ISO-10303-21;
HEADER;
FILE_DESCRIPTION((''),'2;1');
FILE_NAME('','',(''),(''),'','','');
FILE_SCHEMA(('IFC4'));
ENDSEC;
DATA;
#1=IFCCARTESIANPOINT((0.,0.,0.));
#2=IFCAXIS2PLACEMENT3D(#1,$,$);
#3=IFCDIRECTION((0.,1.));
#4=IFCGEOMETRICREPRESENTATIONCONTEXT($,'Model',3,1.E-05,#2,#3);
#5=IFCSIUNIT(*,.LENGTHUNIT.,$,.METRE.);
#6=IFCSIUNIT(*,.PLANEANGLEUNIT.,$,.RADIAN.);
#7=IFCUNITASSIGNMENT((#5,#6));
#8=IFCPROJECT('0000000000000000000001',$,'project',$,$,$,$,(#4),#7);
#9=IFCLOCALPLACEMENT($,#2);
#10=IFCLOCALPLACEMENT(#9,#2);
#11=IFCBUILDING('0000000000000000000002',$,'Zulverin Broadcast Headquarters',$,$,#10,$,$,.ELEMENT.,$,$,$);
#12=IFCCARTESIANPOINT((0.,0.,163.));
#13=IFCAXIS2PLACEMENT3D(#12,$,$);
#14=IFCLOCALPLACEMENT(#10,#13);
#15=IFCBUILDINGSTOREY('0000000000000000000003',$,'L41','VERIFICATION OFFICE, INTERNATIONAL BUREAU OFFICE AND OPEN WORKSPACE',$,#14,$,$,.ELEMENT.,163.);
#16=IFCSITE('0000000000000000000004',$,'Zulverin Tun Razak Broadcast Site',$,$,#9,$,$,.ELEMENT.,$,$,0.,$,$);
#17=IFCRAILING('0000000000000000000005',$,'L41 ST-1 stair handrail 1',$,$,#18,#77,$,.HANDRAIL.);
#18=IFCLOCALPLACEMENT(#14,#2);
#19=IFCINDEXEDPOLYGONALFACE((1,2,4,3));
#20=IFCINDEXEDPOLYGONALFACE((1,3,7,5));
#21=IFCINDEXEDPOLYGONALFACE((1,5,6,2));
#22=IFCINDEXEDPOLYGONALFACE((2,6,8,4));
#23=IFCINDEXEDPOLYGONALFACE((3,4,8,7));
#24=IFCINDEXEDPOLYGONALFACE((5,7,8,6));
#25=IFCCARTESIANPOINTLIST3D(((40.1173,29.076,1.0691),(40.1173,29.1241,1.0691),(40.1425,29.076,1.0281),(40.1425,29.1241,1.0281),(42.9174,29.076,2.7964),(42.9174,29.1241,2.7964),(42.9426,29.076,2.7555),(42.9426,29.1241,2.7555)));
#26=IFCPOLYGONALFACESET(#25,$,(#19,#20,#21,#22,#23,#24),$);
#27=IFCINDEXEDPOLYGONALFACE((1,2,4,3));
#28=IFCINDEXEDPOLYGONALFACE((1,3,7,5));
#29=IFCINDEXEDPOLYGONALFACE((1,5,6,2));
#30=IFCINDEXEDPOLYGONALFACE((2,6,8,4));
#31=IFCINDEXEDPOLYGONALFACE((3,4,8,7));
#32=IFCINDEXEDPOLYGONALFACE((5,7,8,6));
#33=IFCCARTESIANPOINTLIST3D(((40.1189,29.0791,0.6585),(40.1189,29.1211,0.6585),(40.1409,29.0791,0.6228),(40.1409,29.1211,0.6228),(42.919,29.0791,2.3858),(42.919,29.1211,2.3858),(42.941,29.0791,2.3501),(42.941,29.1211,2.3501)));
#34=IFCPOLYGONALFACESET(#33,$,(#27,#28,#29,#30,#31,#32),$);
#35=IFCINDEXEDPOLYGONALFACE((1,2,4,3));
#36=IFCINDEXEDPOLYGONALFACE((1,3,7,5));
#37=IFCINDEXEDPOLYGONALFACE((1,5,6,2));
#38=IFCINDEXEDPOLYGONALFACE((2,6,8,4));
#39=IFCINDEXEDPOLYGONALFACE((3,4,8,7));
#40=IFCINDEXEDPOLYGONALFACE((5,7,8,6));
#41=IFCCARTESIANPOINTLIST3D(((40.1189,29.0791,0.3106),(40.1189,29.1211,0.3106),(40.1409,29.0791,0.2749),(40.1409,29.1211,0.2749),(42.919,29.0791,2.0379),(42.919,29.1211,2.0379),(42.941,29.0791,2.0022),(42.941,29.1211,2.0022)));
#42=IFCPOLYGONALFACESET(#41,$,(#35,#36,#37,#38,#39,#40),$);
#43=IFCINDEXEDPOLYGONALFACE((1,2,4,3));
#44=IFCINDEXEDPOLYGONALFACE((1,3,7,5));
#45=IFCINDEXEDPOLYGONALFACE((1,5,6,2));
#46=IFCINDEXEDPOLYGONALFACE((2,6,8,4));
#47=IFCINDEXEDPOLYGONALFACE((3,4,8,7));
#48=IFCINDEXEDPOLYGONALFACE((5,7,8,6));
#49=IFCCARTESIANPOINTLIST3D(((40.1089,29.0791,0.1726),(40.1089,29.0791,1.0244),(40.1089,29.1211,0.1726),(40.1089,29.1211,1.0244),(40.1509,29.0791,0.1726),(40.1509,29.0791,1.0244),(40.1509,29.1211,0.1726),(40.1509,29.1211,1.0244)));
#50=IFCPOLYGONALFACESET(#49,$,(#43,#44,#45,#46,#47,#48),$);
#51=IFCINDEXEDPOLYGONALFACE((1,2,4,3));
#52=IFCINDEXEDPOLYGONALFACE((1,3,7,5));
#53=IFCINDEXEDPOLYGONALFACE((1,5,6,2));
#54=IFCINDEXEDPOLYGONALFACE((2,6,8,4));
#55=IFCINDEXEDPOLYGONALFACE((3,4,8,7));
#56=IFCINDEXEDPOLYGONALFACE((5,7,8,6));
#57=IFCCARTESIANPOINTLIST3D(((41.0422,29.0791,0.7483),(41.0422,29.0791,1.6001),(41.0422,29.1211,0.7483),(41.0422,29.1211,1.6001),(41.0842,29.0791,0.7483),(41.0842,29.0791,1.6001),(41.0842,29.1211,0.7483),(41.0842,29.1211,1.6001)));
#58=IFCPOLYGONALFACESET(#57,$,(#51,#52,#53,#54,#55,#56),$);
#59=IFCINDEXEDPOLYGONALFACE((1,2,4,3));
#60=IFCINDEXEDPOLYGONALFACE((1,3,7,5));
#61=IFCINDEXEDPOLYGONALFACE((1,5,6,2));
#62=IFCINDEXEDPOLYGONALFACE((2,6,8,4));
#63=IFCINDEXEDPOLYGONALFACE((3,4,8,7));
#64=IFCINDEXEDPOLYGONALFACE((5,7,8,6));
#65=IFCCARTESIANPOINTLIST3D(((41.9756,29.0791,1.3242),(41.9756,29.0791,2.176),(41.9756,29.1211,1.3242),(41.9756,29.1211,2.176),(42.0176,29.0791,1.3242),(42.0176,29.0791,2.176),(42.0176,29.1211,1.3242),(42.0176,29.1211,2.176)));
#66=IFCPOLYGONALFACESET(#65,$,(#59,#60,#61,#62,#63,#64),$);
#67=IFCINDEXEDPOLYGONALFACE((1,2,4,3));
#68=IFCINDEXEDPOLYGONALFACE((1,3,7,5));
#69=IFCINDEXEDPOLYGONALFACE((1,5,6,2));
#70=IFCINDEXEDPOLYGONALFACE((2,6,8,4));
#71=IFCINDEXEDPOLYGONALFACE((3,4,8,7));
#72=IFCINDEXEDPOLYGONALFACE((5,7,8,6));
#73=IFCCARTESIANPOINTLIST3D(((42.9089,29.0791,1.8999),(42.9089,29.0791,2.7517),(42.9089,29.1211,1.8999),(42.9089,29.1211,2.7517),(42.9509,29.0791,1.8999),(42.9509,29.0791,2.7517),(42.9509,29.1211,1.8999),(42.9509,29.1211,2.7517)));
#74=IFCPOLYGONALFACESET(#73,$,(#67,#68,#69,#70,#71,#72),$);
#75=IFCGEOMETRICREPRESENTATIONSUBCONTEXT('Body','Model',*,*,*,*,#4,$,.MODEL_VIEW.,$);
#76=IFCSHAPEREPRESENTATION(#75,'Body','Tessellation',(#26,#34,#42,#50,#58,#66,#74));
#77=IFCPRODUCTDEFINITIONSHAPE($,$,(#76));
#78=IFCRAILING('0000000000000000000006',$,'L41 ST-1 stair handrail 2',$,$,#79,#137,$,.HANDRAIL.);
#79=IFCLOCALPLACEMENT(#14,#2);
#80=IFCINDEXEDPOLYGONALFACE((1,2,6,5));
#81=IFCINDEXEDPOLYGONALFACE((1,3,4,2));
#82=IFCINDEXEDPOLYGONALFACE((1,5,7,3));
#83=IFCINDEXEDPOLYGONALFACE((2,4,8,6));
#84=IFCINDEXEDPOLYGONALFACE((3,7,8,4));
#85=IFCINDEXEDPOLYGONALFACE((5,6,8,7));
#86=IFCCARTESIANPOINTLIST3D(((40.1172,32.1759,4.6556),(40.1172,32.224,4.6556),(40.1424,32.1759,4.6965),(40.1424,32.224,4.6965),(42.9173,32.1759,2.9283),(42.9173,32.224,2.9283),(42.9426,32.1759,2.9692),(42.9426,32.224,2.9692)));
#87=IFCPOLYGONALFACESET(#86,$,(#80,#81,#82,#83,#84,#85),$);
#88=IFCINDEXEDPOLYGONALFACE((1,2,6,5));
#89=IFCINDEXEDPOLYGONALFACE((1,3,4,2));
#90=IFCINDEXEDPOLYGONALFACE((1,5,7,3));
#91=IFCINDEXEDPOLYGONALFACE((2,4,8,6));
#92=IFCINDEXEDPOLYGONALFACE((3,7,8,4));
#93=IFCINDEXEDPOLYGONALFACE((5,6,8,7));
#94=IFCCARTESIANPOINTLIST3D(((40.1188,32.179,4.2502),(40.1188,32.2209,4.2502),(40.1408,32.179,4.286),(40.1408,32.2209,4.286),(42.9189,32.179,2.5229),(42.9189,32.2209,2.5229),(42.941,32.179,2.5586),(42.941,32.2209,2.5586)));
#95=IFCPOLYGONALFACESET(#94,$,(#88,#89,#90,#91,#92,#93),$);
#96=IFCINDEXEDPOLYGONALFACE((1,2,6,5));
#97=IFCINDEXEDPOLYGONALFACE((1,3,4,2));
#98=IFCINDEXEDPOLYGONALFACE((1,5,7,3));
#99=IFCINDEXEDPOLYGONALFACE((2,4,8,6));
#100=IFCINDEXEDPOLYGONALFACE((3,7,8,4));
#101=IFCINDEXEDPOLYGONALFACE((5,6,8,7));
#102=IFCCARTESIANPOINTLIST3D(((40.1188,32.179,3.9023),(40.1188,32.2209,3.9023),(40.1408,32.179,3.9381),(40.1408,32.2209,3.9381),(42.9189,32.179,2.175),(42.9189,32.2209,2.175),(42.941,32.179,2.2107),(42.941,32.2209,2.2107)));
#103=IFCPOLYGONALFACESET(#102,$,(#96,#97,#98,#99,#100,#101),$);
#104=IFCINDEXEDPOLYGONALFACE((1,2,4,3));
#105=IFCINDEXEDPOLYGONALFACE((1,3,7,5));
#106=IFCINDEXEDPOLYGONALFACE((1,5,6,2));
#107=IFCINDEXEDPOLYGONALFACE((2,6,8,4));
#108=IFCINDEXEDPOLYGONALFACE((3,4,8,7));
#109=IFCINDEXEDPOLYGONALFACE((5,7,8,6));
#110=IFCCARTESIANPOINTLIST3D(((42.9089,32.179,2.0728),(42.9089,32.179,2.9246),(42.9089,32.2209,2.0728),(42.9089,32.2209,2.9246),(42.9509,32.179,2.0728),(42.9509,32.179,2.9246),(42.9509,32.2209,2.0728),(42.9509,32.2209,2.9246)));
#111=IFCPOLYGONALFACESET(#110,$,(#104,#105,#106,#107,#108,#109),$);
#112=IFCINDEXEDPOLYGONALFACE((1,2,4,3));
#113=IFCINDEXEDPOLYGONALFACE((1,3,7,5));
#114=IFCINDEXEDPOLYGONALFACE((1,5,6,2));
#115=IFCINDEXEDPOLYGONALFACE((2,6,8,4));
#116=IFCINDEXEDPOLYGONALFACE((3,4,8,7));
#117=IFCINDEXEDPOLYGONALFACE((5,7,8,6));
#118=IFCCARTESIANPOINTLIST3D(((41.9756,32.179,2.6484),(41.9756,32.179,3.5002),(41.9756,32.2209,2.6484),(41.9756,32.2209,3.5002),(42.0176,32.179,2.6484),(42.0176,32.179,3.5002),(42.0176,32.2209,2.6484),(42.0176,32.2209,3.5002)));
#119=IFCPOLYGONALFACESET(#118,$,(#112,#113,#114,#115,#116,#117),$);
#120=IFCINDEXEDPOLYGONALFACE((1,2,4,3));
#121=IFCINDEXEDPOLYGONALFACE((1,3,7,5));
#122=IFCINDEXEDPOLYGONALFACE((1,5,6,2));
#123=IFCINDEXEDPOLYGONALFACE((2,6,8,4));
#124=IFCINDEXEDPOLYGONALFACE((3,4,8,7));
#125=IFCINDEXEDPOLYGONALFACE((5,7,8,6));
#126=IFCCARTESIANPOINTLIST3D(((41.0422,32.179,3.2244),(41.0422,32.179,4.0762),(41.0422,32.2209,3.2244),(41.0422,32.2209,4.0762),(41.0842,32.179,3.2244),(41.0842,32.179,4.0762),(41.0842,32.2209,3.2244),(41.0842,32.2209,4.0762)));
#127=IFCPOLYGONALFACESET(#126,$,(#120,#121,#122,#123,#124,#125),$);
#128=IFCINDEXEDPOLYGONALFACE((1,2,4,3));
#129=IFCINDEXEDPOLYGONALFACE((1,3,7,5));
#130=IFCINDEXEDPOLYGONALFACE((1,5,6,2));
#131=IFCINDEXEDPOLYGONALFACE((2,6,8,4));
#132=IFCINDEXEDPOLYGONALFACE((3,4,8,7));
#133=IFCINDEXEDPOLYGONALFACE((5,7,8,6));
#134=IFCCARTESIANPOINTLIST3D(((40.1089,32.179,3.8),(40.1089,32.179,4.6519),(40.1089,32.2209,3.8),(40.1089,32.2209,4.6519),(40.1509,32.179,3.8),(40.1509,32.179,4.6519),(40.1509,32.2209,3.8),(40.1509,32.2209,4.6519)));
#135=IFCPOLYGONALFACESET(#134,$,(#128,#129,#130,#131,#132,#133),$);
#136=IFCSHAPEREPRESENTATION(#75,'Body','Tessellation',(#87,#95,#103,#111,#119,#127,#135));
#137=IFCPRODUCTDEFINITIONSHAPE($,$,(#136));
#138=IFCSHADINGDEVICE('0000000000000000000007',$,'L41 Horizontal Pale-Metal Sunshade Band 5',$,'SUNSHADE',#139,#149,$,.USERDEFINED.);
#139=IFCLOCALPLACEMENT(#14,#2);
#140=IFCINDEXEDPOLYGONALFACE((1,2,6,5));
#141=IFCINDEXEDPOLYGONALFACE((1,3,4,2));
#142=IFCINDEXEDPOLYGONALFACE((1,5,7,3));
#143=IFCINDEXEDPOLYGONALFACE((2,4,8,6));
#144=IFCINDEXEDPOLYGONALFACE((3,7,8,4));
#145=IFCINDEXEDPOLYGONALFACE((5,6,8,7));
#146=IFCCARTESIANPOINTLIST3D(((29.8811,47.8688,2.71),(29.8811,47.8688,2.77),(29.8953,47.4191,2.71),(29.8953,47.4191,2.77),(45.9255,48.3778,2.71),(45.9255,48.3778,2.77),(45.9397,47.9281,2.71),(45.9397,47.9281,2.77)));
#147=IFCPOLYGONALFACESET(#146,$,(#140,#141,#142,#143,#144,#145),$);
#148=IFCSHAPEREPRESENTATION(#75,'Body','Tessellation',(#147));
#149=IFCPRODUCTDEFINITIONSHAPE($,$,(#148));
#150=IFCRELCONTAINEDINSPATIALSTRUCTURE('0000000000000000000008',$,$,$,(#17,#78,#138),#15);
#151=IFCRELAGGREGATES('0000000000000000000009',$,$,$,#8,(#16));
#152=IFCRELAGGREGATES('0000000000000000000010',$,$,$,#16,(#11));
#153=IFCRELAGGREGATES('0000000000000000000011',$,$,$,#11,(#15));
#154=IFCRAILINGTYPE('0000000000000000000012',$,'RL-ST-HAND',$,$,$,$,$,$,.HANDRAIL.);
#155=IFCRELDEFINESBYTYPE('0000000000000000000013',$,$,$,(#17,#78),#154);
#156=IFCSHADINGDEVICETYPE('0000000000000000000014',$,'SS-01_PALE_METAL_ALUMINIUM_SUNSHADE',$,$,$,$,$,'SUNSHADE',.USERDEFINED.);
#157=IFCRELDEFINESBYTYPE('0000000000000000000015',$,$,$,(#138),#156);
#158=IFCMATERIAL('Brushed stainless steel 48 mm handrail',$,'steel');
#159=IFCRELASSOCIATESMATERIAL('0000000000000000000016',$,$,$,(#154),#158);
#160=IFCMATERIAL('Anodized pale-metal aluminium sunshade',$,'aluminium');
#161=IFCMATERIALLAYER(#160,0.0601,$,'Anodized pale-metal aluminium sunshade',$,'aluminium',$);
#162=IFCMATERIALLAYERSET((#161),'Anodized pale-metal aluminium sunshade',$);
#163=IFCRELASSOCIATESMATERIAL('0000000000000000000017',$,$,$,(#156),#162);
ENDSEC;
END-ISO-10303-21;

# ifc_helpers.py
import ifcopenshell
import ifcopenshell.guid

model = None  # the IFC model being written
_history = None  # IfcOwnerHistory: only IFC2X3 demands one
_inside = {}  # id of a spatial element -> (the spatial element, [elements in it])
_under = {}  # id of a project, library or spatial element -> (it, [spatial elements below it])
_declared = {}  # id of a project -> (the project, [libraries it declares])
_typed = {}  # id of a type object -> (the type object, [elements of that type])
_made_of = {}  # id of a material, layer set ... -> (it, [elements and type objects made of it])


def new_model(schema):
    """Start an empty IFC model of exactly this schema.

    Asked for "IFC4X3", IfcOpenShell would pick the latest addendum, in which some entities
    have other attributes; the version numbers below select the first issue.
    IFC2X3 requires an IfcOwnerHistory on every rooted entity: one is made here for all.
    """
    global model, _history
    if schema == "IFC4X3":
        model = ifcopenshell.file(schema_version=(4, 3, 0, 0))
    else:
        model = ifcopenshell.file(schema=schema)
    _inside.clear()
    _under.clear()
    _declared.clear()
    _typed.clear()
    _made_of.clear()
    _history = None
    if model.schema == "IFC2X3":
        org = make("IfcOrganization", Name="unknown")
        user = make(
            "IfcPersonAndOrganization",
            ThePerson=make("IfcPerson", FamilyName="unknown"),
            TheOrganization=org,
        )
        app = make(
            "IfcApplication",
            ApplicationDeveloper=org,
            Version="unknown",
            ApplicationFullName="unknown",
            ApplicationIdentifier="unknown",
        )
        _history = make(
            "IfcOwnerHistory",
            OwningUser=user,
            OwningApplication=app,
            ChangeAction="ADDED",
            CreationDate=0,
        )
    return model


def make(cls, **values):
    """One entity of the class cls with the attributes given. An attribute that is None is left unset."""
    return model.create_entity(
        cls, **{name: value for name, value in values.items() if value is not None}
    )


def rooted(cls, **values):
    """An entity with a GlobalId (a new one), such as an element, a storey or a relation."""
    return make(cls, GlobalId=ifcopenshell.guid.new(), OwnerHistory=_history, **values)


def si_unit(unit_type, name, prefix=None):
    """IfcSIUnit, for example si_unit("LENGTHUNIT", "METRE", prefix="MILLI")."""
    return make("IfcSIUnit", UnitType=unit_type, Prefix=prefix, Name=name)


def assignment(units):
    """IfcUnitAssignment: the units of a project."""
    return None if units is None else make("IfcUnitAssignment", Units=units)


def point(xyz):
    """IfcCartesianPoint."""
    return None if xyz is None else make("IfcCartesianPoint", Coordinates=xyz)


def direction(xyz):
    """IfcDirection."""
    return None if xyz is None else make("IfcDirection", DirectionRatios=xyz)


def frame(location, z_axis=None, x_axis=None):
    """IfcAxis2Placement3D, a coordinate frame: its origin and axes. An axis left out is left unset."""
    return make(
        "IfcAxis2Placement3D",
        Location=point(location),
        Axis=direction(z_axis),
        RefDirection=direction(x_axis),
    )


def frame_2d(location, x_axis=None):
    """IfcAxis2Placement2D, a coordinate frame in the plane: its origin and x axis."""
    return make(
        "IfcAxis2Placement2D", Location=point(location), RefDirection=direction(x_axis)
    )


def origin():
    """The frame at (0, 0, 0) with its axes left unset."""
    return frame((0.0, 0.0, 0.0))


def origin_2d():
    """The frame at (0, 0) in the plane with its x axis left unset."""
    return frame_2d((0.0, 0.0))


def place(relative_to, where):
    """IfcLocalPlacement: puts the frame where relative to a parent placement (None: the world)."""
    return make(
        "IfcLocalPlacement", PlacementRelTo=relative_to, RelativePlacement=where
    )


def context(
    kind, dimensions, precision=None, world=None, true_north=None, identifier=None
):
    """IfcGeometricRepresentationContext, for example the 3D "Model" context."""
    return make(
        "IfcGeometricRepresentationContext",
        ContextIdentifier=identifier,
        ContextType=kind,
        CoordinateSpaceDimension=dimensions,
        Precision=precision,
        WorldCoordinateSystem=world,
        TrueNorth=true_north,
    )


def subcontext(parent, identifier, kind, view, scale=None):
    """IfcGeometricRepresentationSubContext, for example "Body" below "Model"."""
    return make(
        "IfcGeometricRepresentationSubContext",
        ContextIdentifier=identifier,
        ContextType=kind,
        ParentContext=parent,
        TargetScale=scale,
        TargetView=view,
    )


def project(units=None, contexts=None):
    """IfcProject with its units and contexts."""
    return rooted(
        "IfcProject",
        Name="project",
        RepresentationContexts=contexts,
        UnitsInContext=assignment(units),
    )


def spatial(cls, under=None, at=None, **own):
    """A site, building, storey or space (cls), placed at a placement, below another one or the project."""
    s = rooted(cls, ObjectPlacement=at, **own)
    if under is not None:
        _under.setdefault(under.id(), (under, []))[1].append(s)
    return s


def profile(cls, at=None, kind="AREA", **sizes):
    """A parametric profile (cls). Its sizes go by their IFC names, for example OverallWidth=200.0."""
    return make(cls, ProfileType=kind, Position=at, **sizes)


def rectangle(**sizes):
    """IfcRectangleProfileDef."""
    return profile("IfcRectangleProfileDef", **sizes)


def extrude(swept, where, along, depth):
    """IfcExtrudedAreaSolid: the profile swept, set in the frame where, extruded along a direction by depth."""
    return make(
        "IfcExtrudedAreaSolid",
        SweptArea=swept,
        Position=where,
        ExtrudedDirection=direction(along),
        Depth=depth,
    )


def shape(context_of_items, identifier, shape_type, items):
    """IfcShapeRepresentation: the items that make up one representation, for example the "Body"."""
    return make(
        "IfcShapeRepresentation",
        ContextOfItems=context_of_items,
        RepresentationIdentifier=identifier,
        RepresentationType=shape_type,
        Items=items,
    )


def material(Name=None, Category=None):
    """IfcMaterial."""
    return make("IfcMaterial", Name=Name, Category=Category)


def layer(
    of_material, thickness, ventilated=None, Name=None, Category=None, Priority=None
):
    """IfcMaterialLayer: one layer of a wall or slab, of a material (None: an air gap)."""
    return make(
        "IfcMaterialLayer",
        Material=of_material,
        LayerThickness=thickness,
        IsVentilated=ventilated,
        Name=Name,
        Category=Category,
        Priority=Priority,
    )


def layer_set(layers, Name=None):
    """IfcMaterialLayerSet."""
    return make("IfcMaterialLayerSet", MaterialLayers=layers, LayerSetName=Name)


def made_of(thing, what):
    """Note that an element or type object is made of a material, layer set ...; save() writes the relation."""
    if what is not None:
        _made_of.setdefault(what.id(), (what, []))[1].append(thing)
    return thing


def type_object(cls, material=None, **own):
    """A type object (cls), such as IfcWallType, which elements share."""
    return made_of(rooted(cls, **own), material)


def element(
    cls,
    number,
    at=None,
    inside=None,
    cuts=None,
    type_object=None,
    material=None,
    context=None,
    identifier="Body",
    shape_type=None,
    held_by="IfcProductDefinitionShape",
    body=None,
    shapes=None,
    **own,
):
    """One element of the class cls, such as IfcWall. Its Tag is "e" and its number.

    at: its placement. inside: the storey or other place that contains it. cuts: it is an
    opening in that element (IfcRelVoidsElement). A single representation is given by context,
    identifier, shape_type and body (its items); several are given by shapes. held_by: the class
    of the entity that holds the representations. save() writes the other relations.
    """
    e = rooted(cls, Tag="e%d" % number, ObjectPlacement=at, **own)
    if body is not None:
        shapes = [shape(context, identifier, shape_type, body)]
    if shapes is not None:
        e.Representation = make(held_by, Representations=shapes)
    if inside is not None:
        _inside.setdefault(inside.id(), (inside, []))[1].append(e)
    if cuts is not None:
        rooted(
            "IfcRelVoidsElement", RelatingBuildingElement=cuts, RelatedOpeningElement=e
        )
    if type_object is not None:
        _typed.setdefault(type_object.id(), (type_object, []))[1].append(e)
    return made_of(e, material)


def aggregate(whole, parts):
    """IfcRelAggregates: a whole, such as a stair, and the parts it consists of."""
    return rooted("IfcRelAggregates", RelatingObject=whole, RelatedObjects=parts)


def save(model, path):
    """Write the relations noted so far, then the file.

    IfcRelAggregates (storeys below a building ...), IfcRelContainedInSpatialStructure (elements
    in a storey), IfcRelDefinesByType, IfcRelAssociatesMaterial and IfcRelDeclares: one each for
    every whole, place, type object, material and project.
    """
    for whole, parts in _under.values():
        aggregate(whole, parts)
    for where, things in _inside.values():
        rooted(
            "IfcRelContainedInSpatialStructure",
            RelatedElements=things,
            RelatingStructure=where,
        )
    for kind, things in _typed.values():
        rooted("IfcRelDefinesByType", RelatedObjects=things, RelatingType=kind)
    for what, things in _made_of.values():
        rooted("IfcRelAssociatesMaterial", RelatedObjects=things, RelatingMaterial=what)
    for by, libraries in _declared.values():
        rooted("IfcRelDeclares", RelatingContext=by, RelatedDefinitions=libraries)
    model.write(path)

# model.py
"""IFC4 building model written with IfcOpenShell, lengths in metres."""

from ifc_helpers import new_model, si_unit, direction, frame, origin, origin_2d, place, context, subcontext, project, spatial, rectangle, extrude, material, layer, layer_set, type_object, element, save


model = new_model("IFC4")

# Units and contexts
model_context = context("Model", 3, precision=1e-05, world=origin(), true_north=direction((0.0, 1.0)))
body_context = subcontext(model_context, "Body", "Model", "MODEL_VIEW")
ifc_project = project(units=[si_unit("LENGTHUNIT", "METRE"), si_unit("PLANEANGLEUNIT", "RADIAN")], contexts=[model_context])

# Site, building, storey
site_placement = place(None, origin())
site = spatial("IfcSite", under=ifc_project, at=site_placement, Name="Zulverin Tun Razak Broadcast Site", CompositionType="ELEMENT", RefElevation=0.0)
building_placement = place(site_placement, origin())
building = spatial("IfcBuilding", under=site, at=building_placement, Name="Zulverin Broadcast Headquarters", CompositionType="ELEMENT")
storey_placement = place(building_placement, frame((0.0, 0.0, 163.0)))
storey = spatial("IfcBuildingStorey", under=building, at=storey_placement, Name="L41", Description="VERIFICATION OFFICE, INTERNATIONAL BUREAU OFFICE AND OPEN WORKSPACE", CompositionType="ELEMENT", Elevation=163.0)

# Railings
ifc_material_1 = material(Name="Brushed stainless steel 48 mm handrail", Category="steel")
railing_type_1 = type_object("IfcRailingType", Name="RL-ST-HAND", PredefinedType="HANDRAIL", material=ifc_material_1)
railing_1_placement = place(storey_placement, frame((40.1299, 29.1001, 0.1726)))
element("IfcRailing", 1, at=railing_1_placement, inside=storey, type_object=railing_type_1, Name="L41 ST-1 stair handrail 1", PredefinedType="HANDRAIL", context=body_context, shape_type="SweptSolid", body=[
    extrude(rectangle(XDim=0.0481, YDim=0.0481, at=origin_2d()), frame((0.0, 0.0, 0.876), z_axis=(0.85109, 0.0, 0.52502), x_axis=(0.0, 1.0, 0.0)), (0.0, 0.0, 1.0), 3.29),
    extrude(rectangle(XDim=0.042, YDim=0.042, at=origin_2d()), frame((0.0, 0.0, 0.468), z_axis=(0.85109, 0.0, 0.52502), x_axis=(0.0, 1.0, 0.0)), (0.0, 0.0, 1.0), 3.29),
    extrude(rectangle(XDim=0.042, YDim=0.042, at=origin_2d()), frame((0.0, 0.0, 0.1201), z_axis=(0.85109, 0.0, 0.52502), x_axis=(0.0, 1.0, 0.0)), (0.0, 0.0, 1.0), 3.29),
    extrude(rectangle(XDim=0.042, YDim=0.042, at=origin_2d()), origin(), (0.0, 0.0, 1.0), 0.8518),
    extrude(rectangle(XDim=0.042, YDim=0.042, at=origin_2d()), frame((0.9333, 0.0, 0.5757)), (0.0, 0.0, 1.0), 0.8518),
    extrude(rectangle(XDim=0.042, YDim=0.042, at=origin_2d()), frame((1.8667, 0.0, 1.1516)), (0.0, 0.0, 1.0), 0.8518),
    extrude(rectangle(XDim=0.042, YDim=0.042, at=origin_2d()), frame((2.8, 0.0, 1.7273)), (0.0, 0.0, 1.0), 0.8518),
])
railing_2_placement = place(storey_placement, frame((42.9299, 32.2, 2.0728)))
element("IfcRailing", 2, at=railing_2_placement, inside=storey, type_object=railing_type_1, Name="L41 ST-1 stair handrail 2", PredefinedType="HANDRAIL", context=body_context, shape_type="SweptSolid", body=[
    extrude(rectangle(XDim=0.0481, YDim=0.0481, at=origin_2d()), frame((0.0, 0.0, 0.876), z_axis=(-0.85109, 0.0, 0.52502), x_axis=(0.0, -1.0, 0.0)), (0.0, 0.0, 1.0), 3.29),
    extrude(rectangle(XDim=0.042, YDim=0.042, at=origin_2d()), frame((0.0, 0.0, 0.468), z_axis=(-0.85109, 0.0, 0.52502), x_axis=(0.0, -1.0, 0.0)), (0.0, 0.0, 1.0), 3.29),
    extrude(rectangle(XDim=0.042, YDim=0.042, at=origin_2d()), frame((0.0, 0.0, 0.1201), z_axis=(-0.85109, 0.0, 0.52502), x_axis=(0.0, -1.0, 0.0)), (0.0, 0.0, 1.0), 3.29),
    extrude(rectangle(XDim=0.042, YDim=0.042, at=origin_2d()), origin(), (0.0, 0.0, 1.0), 0.8518),
    extrude(rectangle(XDim=0.042, YDim=0.042, at=origin_2d()), frame((-0.9333, 0.0, 0.5757)), (0.0, 0.0, 1.0), 0.8518),
    extrude(rectangle(XDim=0.042, YDim=0.042, at=origin_2d()), frame((-1.8667, 0.0, 1.1516)), (0.0, 0.0, 1.0), 0.8518),
    extrude(rectangle(XDim=0.042, YDim=0.042, at=origin_2d()), frame((-2.8, 0.0, 1.7273)), (0.0, 0.0, 1.0), 0.8518),
])

# Shading device
ifc_material_2 = material(Name="Anodized pale-metal aluminium sunshade", Category="aluminium")
ifc_layer_1 = layer(ifc_material_2, 0.0601, Name="Anodized pale-metal aluminium sunshade", Category="aluminium")
ifc_layer_set_1 = layer_set([ifc_layer_1], Name="Anodized pale-metal aluminium sunshade")
shading_device_type = type_object("IfcShadingDeviceType", Name="SS-01_PALE_METAL_ALUMINIUM_SUNSHADE", ElementType="SUNSHADE", PredefinedType="USERDEFINED", material=ifc_layer_set_1)
shading_device_placement = place(storey_placement, frame((37.9104, 47.8984, 2.71), z_axis=(0.0, 0.0, 1.0), x_axis=(-0.999497, -0.031709, 0.0)))
element("IfcShadingDevice", 3, at=shading_device_placement, inside=storey, type_object=shading_device_type, Name="L41 Horizontal Pale-Metal Sunshade Band 5", ObjectType="SUNSHADE", PredefinedType="USERDEFINED", context=body_context, shape_type="SweptSolid", body=[
    extrude(rectangle(XDim=16.0525, YDim=0.45, at=origin_2d()), origin(), (0.0, 0.0, 1.0), 0.0601),
])

save(model, "model.ifc")
